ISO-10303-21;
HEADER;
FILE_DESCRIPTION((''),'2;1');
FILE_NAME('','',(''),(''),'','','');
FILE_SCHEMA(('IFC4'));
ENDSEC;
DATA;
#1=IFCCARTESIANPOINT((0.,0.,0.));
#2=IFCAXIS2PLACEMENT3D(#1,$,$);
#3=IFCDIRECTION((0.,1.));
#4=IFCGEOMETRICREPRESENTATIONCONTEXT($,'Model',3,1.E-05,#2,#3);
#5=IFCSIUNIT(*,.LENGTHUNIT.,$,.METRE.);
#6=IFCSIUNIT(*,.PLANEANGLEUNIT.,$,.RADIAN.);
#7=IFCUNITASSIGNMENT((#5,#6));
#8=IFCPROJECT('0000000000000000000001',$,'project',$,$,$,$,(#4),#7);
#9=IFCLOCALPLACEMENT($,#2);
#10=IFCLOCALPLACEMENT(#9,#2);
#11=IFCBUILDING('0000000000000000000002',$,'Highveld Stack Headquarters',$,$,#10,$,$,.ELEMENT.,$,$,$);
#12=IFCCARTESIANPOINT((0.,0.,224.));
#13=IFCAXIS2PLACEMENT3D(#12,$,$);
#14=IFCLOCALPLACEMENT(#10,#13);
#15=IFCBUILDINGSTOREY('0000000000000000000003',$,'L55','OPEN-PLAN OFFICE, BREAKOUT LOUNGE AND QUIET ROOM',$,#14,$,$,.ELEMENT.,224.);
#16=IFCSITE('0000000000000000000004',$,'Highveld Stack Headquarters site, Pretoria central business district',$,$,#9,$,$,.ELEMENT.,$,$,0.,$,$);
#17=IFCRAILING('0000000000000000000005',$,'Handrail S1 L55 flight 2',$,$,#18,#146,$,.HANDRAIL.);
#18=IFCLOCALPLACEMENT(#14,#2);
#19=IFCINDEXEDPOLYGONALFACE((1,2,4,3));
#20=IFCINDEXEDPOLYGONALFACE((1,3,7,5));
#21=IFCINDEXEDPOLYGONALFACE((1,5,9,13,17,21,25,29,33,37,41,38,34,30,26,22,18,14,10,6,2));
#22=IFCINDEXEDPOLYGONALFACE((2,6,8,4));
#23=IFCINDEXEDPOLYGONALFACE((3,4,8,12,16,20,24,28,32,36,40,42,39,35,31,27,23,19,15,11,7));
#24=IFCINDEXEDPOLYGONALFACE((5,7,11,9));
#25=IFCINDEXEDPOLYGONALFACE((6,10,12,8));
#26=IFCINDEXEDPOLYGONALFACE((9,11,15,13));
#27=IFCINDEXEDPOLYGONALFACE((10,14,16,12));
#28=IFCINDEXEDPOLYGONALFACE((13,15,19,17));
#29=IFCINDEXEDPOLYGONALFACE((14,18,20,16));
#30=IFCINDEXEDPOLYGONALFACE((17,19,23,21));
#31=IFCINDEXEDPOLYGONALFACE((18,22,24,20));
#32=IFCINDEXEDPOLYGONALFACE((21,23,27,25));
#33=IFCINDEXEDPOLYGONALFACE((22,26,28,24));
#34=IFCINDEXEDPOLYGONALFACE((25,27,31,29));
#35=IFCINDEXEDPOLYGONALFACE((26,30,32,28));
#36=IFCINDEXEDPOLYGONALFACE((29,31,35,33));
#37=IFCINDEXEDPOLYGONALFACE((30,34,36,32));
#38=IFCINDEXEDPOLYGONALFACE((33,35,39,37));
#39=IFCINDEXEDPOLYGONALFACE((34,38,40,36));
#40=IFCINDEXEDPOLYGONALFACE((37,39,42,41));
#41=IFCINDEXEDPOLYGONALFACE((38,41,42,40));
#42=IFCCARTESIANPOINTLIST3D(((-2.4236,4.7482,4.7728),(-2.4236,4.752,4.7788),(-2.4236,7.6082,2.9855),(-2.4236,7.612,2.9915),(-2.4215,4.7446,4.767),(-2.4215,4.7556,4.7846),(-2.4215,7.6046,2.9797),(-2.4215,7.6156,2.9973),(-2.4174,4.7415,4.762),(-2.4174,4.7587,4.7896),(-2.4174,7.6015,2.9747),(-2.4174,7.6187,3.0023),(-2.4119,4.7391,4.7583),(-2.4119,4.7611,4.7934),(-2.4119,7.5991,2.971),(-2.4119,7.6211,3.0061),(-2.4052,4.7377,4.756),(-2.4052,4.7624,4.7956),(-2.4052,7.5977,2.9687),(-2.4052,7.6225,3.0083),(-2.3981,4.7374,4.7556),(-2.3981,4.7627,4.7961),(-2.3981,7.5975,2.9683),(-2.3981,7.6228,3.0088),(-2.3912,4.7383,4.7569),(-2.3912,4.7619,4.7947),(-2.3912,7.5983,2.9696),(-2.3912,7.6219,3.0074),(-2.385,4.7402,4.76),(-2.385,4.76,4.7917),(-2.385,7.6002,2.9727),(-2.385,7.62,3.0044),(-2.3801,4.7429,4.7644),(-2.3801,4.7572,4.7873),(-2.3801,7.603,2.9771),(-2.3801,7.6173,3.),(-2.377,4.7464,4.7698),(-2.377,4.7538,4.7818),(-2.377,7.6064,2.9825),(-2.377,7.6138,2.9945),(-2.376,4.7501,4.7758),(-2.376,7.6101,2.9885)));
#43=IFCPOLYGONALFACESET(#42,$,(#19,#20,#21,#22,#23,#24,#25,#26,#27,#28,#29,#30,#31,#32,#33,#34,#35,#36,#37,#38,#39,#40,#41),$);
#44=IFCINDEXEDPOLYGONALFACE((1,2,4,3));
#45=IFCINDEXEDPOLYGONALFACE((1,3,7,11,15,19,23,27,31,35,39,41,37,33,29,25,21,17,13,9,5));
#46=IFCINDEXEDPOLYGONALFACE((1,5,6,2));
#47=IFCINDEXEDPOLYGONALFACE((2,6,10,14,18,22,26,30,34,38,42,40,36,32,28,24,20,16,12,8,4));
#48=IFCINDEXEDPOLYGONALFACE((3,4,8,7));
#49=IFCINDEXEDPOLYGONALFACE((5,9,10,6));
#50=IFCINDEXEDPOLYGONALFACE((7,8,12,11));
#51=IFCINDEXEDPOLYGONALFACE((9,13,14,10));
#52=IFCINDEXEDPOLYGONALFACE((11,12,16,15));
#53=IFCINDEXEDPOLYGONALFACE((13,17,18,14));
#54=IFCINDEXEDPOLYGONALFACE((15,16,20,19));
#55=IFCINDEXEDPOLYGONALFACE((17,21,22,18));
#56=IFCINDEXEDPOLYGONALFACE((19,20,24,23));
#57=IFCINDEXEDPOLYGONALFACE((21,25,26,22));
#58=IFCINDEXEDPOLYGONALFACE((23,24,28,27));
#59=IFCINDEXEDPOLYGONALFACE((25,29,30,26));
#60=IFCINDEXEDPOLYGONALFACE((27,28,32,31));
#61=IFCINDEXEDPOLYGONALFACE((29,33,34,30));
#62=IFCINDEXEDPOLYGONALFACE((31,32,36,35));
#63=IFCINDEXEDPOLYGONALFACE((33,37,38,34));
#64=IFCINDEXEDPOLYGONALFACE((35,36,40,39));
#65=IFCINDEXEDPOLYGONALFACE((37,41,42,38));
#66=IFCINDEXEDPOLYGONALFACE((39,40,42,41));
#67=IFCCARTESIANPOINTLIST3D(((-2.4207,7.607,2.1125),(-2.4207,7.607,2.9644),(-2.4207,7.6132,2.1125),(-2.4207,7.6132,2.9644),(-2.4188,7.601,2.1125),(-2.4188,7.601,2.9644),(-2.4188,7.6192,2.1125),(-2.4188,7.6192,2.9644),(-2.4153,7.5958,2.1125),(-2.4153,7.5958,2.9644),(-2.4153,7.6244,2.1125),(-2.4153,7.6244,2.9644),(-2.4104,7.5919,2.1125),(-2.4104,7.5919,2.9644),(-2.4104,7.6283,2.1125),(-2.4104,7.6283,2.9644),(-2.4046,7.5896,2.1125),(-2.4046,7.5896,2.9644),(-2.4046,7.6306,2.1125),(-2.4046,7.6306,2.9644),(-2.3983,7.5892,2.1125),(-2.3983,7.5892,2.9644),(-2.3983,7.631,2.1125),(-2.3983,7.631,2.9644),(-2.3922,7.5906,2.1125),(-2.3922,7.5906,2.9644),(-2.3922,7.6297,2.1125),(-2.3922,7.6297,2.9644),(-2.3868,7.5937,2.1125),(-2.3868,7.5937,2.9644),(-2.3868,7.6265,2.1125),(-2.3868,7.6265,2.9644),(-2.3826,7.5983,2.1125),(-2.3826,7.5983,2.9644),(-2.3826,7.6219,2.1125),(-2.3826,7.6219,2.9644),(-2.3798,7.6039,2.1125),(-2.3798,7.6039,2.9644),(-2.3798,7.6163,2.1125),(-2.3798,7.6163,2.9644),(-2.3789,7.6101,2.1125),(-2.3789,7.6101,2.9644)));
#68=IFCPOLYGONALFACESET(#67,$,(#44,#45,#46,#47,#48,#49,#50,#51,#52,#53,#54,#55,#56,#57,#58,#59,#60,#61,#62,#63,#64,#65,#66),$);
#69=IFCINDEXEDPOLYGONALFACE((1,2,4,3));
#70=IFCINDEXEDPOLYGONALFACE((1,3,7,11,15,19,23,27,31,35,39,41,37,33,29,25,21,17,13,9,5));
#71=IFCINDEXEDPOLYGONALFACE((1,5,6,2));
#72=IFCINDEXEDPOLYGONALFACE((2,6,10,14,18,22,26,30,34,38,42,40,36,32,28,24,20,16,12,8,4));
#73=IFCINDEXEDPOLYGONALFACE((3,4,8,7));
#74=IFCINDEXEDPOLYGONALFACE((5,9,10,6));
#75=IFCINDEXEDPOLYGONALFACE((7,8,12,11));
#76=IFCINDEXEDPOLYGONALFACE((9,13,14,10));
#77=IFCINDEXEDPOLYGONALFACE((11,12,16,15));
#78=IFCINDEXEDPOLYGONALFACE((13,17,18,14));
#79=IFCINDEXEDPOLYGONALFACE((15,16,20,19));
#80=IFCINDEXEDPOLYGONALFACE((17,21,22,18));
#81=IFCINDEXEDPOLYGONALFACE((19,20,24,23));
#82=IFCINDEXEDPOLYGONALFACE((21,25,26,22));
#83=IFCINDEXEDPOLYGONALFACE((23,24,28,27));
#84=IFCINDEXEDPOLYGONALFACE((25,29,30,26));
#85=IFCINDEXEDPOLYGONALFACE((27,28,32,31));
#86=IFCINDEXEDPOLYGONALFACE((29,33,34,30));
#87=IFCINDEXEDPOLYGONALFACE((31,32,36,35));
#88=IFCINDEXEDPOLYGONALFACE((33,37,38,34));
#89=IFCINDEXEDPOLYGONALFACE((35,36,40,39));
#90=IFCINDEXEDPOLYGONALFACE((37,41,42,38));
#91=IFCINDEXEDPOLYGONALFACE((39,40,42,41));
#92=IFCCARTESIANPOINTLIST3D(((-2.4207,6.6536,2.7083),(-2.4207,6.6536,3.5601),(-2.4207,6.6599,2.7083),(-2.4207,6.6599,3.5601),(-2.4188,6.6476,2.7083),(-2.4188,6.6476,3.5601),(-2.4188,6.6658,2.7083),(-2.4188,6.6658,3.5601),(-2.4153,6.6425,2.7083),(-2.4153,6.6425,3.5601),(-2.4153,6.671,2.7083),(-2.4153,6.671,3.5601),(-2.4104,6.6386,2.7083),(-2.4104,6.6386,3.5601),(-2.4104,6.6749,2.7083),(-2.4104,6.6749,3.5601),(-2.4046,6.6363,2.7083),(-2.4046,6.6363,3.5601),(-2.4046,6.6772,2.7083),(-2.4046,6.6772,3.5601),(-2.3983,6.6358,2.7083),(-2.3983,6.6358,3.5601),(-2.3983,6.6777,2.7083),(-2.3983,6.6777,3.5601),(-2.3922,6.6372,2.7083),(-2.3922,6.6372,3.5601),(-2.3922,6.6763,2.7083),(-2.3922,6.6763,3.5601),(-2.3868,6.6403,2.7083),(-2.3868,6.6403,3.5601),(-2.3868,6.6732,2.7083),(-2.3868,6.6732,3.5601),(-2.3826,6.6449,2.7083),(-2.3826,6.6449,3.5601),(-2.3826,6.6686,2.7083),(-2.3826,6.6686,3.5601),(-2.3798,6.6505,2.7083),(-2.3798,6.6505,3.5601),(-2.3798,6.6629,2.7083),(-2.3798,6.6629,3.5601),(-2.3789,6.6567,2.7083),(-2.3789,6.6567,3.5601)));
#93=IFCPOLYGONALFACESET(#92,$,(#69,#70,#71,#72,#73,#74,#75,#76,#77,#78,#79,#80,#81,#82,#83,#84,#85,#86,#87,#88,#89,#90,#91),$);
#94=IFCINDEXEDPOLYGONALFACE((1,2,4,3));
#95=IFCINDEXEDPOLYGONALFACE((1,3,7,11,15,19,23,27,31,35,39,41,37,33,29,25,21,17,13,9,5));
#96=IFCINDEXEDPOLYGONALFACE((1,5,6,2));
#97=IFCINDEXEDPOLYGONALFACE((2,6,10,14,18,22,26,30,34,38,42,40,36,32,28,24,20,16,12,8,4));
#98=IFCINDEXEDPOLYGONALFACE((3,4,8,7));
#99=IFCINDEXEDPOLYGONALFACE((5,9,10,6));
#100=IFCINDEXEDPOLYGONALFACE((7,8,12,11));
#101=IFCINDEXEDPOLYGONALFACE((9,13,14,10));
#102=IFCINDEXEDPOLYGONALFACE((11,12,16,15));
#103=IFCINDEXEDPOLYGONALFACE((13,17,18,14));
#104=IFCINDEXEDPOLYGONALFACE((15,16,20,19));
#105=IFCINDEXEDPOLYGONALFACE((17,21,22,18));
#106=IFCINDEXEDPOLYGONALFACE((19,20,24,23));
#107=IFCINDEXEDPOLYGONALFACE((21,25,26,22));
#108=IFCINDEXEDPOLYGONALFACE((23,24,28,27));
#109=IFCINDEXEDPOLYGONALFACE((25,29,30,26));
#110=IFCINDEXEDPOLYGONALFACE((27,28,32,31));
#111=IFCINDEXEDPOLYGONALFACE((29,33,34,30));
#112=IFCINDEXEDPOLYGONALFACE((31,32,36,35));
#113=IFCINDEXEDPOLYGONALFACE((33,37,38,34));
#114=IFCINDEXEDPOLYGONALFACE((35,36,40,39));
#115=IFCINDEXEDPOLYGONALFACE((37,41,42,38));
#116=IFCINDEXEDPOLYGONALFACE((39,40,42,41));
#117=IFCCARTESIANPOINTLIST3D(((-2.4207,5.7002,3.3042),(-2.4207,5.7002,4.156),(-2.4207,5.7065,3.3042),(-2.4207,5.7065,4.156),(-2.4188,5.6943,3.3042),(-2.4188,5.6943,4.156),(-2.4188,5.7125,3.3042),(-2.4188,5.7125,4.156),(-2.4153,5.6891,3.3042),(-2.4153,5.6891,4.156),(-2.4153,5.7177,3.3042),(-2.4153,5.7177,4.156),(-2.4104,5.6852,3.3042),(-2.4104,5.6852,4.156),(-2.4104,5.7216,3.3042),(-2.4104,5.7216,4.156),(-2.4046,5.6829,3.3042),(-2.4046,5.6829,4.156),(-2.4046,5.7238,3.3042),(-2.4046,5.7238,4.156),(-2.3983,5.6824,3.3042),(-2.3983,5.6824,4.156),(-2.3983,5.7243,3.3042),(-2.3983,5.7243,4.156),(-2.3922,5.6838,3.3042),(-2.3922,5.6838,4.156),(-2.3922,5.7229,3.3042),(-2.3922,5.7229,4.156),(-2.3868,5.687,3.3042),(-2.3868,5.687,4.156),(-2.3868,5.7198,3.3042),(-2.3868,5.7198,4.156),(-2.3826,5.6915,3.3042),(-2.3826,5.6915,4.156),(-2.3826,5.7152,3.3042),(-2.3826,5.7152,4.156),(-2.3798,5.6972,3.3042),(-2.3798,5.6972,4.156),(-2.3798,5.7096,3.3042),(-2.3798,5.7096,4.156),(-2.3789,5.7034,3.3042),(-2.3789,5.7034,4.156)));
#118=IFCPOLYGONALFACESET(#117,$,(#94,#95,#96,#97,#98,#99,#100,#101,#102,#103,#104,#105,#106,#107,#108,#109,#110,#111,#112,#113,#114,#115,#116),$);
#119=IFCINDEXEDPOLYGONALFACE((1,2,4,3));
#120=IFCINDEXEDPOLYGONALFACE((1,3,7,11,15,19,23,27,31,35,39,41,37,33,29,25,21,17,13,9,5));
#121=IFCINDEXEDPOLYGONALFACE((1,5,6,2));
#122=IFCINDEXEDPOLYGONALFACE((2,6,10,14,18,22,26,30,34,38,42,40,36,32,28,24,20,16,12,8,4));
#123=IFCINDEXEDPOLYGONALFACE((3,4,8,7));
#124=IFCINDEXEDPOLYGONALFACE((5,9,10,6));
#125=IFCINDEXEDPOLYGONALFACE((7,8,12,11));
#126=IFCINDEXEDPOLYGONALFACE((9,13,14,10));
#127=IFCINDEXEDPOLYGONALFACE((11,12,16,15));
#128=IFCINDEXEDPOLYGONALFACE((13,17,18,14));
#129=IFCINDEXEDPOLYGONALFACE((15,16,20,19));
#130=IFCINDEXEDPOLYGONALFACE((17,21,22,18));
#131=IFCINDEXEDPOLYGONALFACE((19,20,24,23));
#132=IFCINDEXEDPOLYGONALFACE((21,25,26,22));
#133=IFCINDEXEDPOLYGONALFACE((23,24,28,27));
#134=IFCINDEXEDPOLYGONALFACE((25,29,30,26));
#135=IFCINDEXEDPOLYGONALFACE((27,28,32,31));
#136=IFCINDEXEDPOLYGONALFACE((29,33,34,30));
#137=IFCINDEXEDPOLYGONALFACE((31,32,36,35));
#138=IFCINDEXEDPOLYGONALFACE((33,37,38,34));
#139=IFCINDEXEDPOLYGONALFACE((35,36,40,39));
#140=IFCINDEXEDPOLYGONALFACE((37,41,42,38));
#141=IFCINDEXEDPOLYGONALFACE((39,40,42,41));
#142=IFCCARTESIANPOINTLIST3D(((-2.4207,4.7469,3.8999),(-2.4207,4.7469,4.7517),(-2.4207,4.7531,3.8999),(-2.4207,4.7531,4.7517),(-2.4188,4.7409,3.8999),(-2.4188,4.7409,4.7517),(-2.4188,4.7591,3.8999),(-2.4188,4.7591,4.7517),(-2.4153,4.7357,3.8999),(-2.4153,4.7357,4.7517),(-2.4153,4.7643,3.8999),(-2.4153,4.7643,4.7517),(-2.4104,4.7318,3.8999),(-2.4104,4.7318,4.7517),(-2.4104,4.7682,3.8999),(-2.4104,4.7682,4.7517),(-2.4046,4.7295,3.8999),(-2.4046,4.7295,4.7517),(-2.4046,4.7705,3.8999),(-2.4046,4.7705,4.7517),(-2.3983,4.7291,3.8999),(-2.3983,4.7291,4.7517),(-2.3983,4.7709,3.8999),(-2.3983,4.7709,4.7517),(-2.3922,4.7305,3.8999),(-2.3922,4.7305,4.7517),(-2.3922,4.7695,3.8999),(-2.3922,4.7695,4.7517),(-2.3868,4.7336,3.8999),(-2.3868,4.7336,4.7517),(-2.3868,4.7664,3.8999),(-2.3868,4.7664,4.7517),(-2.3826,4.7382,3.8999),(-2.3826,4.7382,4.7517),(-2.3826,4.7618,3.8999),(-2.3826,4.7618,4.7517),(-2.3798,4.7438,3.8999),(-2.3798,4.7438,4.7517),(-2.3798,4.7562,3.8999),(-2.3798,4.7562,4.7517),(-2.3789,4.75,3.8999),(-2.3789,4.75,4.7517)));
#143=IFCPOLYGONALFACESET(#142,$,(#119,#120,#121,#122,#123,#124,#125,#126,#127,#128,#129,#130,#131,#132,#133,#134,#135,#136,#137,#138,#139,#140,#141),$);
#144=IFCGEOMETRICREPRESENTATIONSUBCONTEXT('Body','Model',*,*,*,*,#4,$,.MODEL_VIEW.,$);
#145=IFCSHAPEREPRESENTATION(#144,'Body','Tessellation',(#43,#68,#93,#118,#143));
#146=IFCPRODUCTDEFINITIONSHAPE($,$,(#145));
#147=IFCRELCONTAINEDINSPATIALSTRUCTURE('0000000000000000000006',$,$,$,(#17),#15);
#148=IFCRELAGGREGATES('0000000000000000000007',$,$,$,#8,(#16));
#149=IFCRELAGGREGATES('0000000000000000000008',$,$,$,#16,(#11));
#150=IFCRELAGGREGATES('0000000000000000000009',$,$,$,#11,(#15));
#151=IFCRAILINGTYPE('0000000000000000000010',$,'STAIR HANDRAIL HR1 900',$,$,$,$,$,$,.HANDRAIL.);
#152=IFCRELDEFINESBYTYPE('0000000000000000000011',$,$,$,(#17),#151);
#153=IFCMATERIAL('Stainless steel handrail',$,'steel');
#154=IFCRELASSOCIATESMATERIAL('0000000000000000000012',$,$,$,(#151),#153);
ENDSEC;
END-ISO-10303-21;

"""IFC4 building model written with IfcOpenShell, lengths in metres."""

from ifc_helpers import new_model, si_unit, direction, frame, origin, origin_2d, place, context, subcontext, project, spatial, circle, extrude, material, type_object, element, save


model = new_model("IFC4")

# Units and contexts
model_context = context("Model", 3, precision=1e-05, world=origin(), true_north=direction((0.0, 1.0)))
body_context = subcontext(model_context, "Body", "Model", "MODEL_VIEW")
ifc_project = project(units=[si_unit("LENGTHUNIT", "METRE"), si_unit("PLANEANGLEUNIT", "RADIAN")], contexts=[model_context])

# Site, building, storey
site_placement = place(None, origin())
site = spatial("IfcSite", under=ifc_project, at=site_placement, Name="Highveld Stack Headquarters site, Pretoria central business district", CompositionType="ELEMENT", RefElevation=0.0)
building_placement = place(site_placement, origin())
building = spatial("IfcBuilding", under=site, at=building_placement, Name="Highveld Stack Headquarters", CompositionType="ELEMENT")
storey_placement = place(building_placement, frame((0.0, 0.0, 224.0)))
storey = spatial("IfcBuildingStorey", under=building, at=storey_placement, Name="L55", Description="OPEN-PLAN OFFICE, BREAKOUT LOUNGE AND QUIET ROOM", CompositionType="ELEMENT", Elevation=224.0)

# Railing
ifc_material_1 = material(Name="Stainless steel handrail", Category="steel")
railing_type = type_object("IfcRailingType", Name="STAIR HANDRAIL HR1 900", PredefinedType="HANDRAIL", material=ifc_material_1)
for number, where, name in (
    (1, (-2.3999, 7.6101, 2.1125), "Handrail S1 L55 flight 2"),
):
    element("IfcRailing", number, at=place(storey_placement, frame(where)), inside=storey, type_object=railing_type, Name=name, PredefinedType="HANDRAIL", context=body_context, shape_type="SweptSolid", body=[
        extrude(circle(Radius=0.0239, at=origin_2d()), frame((0.0, 0.0, 0.876), z_axis=(0.0, -0.848027, 0.529953), x_axis=(1.0, 0.0, 0.0)), (0.0, 0.0, 1.0), 3.3726),
        extrude(circle(Radius=0.021, at=origin_2d()), origin(), (0.0, 0.0, 1.0), 0.8518),
        extrude(circle(Radius=0.021, at=origin_2d()), frame((0.0, -0.9534, 0.5957)), (0.0, 0.0, 1.0), 0.8518),
        extrude(circle(Radius=0.021, at=origin_2d()), frame((0.0, -1.9067, 1.1917)), (0.0, 0.0, 1.0), 0.8518),
        extrude(circle(Radius=0.021, at=origin_2d()), frame((0.0, -2.8601, 1.7874)), (0.0, 0.0, 1.0), 0.8518),
    ])

save(model, "model.ifc")
